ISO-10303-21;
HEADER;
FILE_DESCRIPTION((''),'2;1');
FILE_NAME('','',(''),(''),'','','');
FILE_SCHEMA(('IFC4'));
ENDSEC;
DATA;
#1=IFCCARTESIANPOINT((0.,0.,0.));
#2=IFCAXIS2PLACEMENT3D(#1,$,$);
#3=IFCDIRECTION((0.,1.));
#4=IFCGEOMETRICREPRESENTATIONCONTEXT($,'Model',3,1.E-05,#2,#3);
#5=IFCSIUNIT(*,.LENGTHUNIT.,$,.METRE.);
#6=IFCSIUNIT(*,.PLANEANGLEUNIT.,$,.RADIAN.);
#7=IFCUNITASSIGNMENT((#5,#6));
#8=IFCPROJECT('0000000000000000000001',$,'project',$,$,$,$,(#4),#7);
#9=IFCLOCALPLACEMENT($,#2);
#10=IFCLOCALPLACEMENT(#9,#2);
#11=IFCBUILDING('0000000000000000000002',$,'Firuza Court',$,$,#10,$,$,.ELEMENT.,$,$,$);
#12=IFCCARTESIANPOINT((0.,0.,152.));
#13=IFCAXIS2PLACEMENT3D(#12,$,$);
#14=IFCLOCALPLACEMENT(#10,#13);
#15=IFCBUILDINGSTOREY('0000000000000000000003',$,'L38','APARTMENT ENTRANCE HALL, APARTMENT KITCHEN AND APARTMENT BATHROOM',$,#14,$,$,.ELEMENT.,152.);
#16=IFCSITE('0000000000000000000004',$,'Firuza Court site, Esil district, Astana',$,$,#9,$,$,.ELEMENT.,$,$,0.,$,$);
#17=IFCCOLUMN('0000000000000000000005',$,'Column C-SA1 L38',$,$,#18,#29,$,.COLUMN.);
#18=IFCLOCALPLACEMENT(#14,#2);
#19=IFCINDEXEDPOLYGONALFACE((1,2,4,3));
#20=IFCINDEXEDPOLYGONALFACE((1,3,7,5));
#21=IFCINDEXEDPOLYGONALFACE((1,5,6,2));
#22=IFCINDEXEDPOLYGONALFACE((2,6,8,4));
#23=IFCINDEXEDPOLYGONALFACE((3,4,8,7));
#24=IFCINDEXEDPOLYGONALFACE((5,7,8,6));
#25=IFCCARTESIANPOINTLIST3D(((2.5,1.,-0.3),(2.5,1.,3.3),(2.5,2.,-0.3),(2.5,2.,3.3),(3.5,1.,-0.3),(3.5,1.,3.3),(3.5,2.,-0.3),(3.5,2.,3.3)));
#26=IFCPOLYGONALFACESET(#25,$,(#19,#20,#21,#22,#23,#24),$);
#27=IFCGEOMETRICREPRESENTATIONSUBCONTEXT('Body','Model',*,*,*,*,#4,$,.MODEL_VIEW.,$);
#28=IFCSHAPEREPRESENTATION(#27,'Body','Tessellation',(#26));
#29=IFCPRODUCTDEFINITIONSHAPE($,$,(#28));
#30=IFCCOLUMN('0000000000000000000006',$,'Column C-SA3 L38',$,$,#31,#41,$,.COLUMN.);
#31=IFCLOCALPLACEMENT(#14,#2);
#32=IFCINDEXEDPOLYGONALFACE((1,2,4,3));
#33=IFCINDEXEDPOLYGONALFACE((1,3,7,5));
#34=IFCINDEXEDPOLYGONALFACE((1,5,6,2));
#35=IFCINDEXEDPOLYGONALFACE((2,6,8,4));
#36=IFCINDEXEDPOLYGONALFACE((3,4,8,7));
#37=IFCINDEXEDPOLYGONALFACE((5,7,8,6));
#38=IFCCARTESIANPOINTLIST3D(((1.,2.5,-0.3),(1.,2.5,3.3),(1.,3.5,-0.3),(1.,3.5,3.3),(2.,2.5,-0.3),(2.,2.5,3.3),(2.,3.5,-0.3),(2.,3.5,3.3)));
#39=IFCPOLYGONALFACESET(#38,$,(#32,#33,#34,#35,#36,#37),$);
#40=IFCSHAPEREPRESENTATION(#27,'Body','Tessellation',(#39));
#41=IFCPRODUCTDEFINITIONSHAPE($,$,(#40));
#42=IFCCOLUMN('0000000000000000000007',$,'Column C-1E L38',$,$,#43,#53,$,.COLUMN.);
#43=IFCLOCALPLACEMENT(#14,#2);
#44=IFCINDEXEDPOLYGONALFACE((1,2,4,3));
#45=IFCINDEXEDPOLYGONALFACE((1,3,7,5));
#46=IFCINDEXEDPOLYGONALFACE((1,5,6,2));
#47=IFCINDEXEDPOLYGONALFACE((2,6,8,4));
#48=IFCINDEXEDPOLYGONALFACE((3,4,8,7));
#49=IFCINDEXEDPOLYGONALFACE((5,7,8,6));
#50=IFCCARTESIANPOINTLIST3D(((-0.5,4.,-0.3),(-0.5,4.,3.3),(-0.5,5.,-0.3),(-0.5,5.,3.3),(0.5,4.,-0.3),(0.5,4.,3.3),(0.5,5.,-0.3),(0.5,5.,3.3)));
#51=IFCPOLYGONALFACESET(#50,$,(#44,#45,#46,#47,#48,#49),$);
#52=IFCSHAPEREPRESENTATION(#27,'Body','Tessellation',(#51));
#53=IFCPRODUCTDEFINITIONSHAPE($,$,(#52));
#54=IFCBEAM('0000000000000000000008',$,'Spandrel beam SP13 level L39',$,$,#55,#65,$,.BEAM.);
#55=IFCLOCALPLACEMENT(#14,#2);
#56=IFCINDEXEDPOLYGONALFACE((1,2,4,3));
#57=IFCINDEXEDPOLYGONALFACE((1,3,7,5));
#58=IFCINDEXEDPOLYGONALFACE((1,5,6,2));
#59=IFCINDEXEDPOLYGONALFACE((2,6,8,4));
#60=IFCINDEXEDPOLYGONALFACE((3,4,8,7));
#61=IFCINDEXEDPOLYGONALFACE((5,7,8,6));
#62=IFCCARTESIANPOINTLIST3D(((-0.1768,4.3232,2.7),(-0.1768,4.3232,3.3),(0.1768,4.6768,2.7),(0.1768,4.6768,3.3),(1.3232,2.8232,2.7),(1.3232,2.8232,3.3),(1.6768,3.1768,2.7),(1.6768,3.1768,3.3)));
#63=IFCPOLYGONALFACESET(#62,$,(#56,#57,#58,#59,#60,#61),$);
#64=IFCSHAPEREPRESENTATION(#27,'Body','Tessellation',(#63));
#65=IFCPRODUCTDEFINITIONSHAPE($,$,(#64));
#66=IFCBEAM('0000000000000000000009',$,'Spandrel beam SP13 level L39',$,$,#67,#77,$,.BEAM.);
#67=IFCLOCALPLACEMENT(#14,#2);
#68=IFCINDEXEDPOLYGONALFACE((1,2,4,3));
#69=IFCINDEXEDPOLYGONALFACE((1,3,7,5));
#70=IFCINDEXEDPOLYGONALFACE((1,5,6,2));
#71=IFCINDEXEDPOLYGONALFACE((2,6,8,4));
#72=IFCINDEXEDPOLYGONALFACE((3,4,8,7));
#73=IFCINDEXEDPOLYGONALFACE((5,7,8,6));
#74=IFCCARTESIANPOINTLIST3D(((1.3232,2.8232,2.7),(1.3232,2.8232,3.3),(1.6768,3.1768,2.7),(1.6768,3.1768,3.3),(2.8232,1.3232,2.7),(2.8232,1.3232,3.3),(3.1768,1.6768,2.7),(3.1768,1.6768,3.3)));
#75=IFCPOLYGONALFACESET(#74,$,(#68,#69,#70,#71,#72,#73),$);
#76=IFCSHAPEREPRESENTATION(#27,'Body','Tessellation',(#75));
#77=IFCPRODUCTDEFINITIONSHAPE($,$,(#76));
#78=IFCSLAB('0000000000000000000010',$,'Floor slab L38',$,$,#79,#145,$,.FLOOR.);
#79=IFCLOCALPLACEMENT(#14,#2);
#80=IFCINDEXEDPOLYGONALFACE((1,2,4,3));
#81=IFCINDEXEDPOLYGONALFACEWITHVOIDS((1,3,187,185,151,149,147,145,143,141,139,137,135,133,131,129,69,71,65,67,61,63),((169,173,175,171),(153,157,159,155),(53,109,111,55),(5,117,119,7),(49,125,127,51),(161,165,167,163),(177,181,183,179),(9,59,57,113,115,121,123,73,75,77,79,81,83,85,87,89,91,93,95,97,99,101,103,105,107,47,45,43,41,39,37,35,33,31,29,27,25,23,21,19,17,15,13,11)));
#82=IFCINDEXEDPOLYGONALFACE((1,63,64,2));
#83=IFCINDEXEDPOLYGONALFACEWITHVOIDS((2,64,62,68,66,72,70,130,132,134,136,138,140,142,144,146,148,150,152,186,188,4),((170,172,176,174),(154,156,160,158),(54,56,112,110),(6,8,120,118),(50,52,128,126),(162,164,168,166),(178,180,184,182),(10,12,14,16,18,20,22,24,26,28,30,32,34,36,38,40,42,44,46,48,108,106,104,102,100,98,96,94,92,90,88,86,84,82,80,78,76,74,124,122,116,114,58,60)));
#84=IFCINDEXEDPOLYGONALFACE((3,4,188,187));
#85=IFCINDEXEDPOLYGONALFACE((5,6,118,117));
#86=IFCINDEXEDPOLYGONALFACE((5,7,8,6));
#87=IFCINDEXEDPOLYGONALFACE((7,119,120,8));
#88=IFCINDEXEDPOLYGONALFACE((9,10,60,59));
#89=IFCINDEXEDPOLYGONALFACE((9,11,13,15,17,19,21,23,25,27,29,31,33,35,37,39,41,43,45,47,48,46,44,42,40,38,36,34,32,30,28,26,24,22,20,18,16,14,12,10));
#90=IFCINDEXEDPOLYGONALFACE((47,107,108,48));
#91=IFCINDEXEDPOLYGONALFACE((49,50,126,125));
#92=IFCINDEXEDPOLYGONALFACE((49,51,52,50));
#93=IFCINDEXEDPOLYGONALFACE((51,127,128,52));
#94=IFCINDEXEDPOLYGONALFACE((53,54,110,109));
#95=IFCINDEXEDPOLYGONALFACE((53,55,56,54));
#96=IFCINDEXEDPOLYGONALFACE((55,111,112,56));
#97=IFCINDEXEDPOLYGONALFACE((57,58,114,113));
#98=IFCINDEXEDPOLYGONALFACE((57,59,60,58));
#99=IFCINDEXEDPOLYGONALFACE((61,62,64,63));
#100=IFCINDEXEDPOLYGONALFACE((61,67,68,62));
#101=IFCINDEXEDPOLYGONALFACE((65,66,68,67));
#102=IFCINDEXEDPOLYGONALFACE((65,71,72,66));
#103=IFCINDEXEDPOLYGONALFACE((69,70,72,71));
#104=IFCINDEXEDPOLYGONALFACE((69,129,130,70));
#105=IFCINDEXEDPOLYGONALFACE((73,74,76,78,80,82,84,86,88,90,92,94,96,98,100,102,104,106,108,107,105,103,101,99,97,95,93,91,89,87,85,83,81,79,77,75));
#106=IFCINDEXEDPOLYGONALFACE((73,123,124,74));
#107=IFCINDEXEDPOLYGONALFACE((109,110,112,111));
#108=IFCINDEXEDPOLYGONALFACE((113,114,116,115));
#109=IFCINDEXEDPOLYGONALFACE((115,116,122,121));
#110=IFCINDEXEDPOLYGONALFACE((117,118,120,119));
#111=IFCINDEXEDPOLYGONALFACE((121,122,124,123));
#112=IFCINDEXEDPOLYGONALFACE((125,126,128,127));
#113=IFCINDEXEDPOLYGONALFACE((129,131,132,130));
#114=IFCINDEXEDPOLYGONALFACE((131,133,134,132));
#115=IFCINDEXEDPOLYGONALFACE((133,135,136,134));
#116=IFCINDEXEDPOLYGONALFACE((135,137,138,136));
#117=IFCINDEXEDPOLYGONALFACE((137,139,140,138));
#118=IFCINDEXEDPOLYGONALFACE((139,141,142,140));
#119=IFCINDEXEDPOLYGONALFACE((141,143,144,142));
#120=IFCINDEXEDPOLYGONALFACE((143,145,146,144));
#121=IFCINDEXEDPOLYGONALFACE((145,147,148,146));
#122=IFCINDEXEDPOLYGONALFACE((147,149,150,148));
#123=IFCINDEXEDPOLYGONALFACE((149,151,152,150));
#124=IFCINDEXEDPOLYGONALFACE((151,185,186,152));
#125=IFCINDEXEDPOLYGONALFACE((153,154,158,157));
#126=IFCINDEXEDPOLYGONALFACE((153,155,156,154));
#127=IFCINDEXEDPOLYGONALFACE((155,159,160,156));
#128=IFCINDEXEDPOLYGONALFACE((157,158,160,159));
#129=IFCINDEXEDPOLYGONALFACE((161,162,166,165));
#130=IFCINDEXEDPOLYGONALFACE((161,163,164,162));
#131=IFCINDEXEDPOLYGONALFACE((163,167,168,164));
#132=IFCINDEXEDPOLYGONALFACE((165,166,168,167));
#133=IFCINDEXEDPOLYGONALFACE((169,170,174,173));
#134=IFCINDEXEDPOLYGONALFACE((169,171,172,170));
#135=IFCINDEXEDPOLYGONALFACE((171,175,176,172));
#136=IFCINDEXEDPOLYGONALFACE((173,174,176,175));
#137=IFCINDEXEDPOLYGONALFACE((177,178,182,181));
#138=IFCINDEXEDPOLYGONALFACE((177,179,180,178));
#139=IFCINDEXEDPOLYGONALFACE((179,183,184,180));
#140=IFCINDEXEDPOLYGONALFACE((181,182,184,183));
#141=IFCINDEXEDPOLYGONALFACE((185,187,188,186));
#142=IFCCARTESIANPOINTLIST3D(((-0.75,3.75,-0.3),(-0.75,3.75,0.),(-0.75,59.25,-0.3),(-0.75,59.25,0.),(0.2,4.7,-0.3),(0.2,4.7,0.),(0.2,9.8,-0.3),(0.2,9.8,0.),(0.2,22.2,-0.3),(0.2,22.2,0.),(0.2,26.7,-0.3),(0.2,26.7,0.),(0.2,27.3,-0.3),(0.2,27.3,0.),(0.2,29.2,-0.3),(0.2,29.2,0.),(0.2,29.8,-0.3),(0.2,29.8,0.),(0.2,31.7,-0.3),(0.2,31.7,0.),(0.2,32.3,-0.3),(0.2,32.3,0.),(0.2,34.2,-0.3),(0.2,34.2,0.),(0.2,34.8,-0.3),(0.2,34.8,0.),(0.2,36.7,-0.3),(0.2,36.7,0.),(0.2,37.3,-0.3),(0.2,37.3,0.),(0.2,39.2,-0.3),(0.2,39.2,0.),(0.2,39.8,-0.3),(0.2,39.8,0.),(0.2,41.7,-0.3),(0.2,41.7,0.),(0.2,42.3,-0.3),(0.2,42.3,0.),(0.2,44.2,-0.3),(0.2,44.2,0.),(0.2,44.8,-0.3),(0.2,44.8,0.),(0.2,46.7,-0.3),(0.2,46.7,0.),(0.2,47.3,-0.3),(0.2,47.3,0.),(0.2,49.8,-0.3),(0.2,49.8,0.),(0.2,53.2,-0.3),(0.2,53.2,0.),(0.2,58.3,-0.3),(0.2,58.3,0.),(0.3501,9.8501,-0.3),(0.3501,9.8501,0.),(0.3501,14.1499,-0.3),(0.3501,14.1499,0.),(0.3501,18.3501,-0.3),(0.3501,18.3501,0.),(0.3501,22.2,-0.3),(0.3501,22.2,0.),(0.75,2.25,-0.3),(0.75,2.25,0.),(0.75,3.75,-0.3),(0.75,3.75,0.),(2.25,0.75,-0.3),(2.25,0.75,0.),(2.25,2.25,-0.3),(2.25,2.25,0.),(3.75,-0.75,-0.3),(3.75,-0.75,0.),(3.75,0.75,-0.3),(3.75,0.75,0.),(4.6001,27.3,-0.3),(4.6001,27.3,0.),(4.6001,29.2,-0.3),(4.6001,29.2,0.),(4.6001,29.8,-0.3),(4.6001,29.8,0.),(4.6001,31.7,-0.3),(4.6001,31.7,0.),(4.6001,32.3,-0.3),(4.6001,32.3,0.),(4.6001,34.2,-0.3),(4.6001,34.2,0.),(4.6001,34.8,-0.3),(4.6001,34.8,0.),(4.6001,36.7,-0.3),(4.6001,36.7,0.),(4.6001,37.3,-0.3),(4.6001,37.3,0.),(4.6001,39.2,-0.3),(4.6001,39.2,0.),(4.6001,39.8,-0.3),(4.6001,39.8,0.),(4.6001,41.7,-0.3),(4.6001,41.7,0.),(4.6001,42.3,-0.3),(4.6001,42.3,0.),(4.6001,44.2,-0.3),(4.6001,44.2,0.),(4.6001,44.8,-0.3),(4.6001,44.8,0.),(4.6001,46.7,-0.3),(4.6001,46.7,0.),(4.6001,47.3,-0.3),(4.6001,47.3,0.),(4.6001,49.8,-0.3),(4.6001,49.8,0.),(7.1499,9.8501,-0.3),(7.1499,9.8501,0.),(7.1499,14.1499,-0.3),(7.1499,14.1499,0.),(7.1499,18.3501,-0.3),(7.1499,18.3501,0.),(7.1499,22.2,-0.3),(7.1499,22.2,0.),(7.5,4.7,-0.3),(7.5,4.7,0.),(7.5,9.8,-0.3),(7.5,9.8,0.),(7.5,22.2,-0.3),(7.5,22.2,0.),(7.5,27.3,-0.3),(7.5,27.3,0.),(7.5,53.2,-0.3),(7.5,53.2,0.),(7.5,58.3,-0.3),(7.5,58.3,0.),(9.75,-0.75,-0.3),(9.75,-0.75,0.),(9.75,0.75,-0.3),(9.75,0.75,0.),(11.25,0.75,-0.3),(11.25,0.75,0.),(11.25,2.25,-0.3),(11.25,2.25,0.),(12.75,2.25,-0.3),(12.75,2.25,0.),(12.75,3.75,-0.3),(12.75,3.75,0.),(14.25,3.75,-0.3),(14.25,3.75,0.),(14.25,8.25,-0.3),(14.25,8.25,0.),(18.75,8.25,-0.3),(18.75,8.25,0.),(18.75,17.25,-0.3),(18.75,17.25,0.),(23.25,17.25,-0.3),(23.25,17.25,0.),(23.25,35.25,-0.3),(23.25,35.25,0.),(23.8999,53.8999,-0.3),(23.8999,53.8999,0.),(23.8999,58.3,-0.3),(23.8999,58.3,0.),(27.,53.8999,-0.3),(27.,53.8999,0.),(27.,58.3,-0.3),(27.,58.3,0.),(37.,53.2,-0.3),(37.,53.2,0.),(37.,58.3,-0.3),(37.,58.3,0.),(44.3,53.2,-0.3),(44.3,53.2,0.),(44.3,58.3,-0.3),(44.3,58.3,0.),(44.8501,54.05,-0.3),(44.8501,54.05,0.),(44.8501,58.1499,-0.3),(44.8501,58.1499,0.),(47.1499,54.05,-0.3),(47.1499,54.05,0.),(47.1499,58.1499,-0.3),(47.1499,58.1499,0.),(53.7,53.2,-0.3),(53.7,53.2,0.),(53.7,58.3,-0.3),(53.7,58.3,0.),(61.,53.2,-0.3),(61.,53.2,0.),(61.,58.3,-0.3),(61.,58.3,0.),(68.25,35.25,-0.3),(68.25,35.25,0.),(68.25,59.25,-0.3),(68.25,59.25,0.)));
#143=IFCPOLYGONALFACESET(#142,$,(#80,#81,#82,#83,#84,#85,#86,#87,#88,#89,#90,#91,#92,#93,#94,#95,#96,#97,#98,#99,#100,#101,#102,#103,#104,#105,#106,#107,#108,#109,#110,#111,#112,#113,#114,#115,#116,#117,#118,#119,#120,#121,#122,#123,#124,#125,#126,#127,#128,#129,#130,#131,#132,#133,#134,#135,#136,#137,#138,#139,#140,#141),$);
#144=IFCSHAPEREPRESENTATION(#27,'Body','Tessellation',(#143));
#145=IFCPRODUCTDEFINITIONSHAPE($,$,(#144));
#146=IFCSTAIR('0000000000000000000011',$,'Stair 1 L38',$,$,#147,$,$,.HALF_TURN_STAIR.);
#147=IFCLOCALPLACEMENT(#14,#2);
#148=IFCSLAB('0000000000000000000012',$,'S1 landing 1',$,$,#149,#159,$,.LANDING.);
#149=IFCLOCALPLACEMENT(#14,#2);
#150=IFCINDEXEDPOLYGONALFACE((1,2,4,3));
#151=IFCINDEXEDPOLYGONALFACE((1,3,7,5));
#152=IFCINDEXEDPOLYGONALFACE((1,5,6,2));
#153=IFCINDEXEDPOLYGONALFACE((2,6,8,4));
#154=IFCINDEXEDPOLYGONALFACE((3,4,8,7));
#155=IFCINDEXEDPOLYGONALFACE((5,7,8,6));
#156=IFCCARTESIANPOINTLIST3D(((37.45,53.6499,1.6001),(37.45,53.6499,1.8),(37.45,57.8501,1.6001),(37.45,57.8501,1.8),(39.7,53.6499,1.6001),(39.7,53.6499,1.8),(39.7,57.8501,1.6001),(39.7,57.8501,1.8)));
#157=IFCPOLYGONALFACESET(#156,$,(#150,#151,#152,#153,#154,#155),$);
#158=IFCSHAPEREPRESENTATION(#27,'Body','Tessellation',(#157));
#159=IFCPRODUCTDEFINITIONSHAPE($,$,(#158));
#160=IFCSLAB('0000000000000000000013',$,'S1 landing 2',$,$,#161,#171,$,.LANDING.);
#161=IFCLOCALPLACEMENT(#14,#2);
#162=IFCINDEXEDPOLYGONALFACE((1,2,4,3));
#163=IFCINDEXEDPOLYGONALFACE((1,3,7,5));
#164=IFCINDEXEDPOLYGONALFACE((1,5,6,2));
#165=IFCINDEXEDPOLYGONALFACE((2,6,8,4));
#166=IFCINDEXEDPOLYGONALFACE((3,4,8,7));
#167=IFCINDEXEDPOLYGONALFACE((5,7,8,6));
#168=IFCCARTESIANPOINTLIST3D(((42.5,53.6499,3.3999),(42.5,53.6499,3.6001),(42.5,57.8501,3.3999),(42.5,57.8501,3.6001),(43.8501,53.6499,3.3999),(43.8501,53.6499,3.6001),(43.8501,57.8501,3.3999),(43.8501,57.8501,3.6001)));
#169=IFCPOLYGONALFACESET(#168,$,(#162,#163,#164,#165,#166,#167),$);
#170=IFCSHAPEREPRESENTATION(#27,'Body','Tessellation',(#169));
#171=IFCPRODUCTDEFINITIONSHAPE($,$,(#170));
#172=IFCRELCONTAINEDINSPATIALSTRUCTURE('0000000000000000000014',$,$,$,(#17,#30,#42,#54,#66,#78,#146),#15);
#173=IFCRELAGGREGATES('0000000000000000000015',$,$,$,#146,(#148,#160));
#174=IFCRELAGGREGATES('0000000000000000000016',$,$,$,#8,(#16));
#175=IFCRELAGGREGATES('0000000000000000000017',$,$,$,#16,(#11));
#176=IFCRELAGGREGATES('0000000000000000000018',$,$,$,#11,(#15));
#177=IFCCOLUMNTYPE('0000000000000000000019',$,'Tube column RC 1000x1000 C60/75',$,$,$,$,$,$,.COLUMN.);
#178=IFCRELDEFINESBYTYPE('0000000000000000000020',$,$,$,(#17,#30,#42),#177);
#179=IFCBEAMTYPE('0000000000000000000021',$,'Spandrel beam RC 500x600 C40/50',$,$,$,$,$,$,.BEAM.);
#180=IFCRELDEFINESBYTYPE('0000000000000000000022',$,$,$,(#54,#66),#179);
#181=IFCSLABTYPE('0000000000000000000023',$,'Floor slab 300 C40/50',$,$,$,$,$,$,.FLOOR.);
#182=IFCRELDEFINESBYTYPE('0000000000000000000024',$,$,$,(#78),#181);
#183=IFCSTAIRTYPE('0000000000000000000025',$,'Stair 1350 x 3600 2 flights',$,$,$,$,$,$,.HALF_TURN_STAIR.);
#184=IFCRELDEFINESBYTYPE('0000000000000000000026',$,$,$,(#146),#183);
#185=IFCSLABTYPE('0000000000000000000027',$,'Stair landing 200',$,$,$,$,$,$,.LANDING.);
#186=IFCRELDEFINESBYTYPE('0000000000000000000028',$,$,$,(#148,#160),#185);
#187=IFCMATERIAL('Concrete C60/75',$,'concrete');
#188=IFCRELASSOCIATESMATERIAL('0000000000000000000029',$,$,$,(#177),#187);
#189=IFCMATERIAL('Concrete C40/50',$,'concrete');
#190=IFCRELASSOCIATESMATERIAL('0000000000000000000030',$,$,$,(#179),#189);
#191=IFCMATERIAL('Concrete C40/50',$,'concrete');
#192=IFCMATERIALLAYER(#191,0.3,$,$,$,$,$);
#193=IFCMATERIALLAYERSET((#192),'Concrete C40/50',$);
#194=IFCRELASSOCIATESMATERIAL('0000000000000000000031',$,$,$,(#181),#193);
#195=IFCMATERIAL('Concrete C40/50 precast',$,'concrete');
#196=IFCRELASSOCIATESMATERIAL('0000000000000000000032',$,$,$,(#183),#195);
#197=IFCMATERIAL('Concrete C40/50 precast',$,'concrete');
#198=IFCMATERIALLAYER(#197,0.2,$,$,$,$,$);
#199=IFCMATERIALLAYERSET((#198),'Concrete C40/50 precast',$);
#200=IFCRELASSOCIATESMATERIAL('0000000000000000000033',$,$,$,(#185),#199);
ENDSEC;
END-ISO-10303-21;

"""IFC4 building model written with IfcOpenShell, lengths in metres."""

from ifc_helpers import new_model, si_unit, direction, frame, origin, origin_2d, place, context, subcontext, project, spatial, polyline, rectangle, outline, extrude, material, layer, layer_set, material_profile, profile_set, type_object, element, aggregate, save


model = new_model("IFC4")

# Units and contexts
model_context = context("Model", 3, precision=1e-05, world=origin(), true_north=direction((0.0, 1.0)))
body_context = subcontext(model_context, "Body", "Model", "MODEL_VIEW")
ifc_project = project(units=[si_unit("LENGTHUNIT", "METRE"), si_unit("PLANEANGLEUNIT", "RADIAN")], contexts=[model_context])

# Site, building, storey
site_placement = place(None, origin())
site = spatial("IfcSite", under=ifc_project, at=site_placement, Name="Firuza Court site, Esil district, Astana", CompositionType="ELEMENT", RefElevation=0.0)
building_placement = place(site_placement, origin())
building = spatial("IfcBuilding", under=site, at=building_placement, Name="Firuza Court", CompositionType="ELEMENT")
storey_placement = place(building_placement, frame((0.0, 0.0, 152.0)))
storey = spatial("IfcBuildingStorey", under=building, at=storey_placement, Name="L38", Description="APARTMENT ENTRANCE HALL, APARTMENT KITCHEN AND APARTMENT BATHROOM", CompositionType="ELEMENT", Elevation=152.0)

# Columns
ifc_material_1 = material(Name="Concrete C60/75", Category="concrete")
ifc_material_profile_1 = material_profile(ifc_material_1, rectangle(XDim=1.0, YDim=1.0, at=origin_2d()), Name="RC 1000x1000")
ifc_profile_set_1 = profile_set([ifc_material_profile_1], Name="Concrete C60/75")
column_type = type_object("IfcColumnType", Name="Tube column RC 1000x1000 C60/75", PredefinedType="COLUMN", material=ifc_profile_set_1)
for number, where, z_axis, x_axis, name in (
    (1, (3.0, 1.5, -0.3), (0.0, 0.0, 1.0), (1.0, 0.0, 0.0), "Column C-SA1 L38"),
    (2, (1.5, 3.0, -0.3), (0.0, 0.0, 1.0), (1.0, 0.0, 0.0), "Column C-SA3 L38"),
    (3, (0.0, 4.5, -0.3), (0.0, 0.0, 1.0), (1.0, 0.0, 0.0), "Column C-1E L38"),
):
    element("IfcColumn", number, at=place(storey_placement, frame(where, z_axis=z_axis, x_axis=x_axis)), inside=storey, type_object=column_type, Name=name, PredefinedType="COLUMN", context=body_context, shape_type="SweptSolid", body=[
        extrude(rectangle(XDim=1.0, YDim=1.0, at=origin_2d()), origin(), (0.0, 0.0, 1.0), 3.6001),
    ])

# Beams
ifc_material_2 = material(Name="Concrete C40/50", Category="concrete")
ifc_material_profile_2 = material_profile(ifc_material_2, rectangle(XDim=0.5, YDim=0.6001, at=origin_2d()), Name="RC 500x600")
ifc_profile_set_2 = profile_set([ifc_material_profile_2], Name="Concrete C40/50")
beam_type = type_object("IfcBeamType", Name="Spandrel beam RC 500x600 C40/50", PredefinedType="BEAM", material=ifc_profile_set_2)
for number, where, z_axis, x_axis, name in (
    (4, (0.0, 4.5, 3.0), (0.707107, -0.707107, 0.0), (0.707107, 0.707107, 0.0), "Spandrel beam SP13 level L39"),
    (5, (1.5, 3.0, 3.0), (0.707107, -0.707107, 0.0), (0.707107, 0.707107, 0.0), "Spandrel beam SP13 level L39"),
):
    element("IfcBeam", number, at=place(storey_placement, frame(where, z_axis=z_axis, x_axis=x_axis)), inside=storey, type_object=beam_type, Name=name, PredefinedType="BEAM", context=body_context, shape_type="SweptSolid", body=[
        extrude(rectangle(XDim=0.5, YDim=0.6001, at=origin_2d()), origin(), (0.0, 0.0, 1.0), 2.1213),
    ])

# Slab
ifc_material_3 = material(Name="Concrete C40/50", Category="concrete")
ifc_layer_1 = layer(ifc_material_3, 0.3)
ifc_layer_set_1 = layer_set([ifc_layer_1], Name="Concrete C40/50")
slab_type_1 = type_object("IfcSlabType", Name="Floor slab 300 C40/50", PredefinedType="FLOOR", material=ifc_layer_set_1)
slab_1_placement = place(storey_placement, frame((0.0, 0.0, -0.3)))
element("IfcSlab", 6, at=slab_1_placement, inside=storey, type_object=slab_type_1, Name="Floor slab L38", PredefinedType="FLOOR", context=body_context, shape_type="SweptSolid", body=[
    extrude(outline(polyline([(3.75, -0.75), (3.75, 0.75), (2.25, 0.75), (2.25, 2.25), (0.75, 2.25), (0.75, 3.75), (-0.75, 3.75), (-0.75, 59.25), (68.25, 59.25), (68.25, 35.25), (23.25, 35.25), (23.25, 17.25), (18.75, 17.25), (18.75, 8.25), (14.25, 8.25), (14.25, 3.75), (12.75, 3.75), (12.75, 2.25), (11.25, 2.25), (11.25, 0.75), (9.75, 0.75), (9.75, -0.75), (3.75, -0.75)]), holes=[polyline([(0.2, 29.8), (0.2, 29.2), (0.2, 27.3), (0.2, 26.7), (0.2, 22.2), (0.3501, 22.2), (0.3501, 18.3501), (7.1499, 18.3501), (7.1499, 22.2), (7.5, 22.2), (7.5, 27.3), (4.6001, 27.3), (4.6001, 29.2), (4.6001, 29.8), (4.6001, 31.7), (4.6001, 32.3), (4.6001, 34.2), (4.6001, 34.8), (4.6001, 36.7), (4.6001, 37.3), (4.6001, 39.2), (4.6001, 39.8), (4.6001, 41.7), (4.6001, 42.3), (4.6001, 44.2), (4.6001, 44.8), (4.6001, 46.7), (4.6001, 47.3), (4.6001, 49.8), (0.2, 49.8), (0.2, 47.3), (0.2, 46.7), (0.2, 44.8), (0.2, 44.2), (0.2, 42.3), (0.2, 41.7), (0.2, 39.8), (0.2, 39.2), (0.2, 37.3), (0.2, 36.7), (0.2, 34.8), (0.2, 34.2), (0.2, 32.3), (0.2, 31.7), (0.2, 29.8)]), polyline([(7.5, 9.8), (0.2, 9.8), (0.2, 4.7), (7.5, 4.7), (7.5, 9.8)]), polyline([(7.1499, 14.1499), (0.3501, 14.1499), (0.3501, 9.8501), (7.1499, 9.8501), (7.1499, 14.1499)]), polyline([(7.5, 58.3), (0.2, 58.3), (0.2, 53.2), (7.5, 53.2), (7.5, 58.3)]), polyline([(44.3, 58.3), (37.0, 58.3), (37.0, 53.2), (44.3, 53.2), (44.3, 58.3)]), polyline([(61.0, 58.3), (53.7, 58.3), (53.7, 53.2), (61.0, 53.2), (61.0, 58.3)]), polyline([(27.0, 53.8999), (27.0, 58.3), (23.8999, 58.3), (23.8999, 53.8999), (27.0, 53.8999)]), polyline([(47.1499, 54.05), (47.1499, 58.1499), (44.8501, 58.1499), (44.8501, 54.05), (47.1499, 54.05)])]), origin(), (0.0, 0.0, 1.0), 0.3),
])

# Stair, slabs
ifc_material_4 = material(Name="Concrete C40/50 precast", Category="concrete")
stair_type = type_object("IfcStairType", Name="Stair 1350 x 3600 2 flights", PredefinedType="HALF_TURN_STAIR", material=ifc_material_4)
stair_1_placement = place(storey_placement, origin())
stair_1 = element("IfcStair", 7, at=stair_1_placement, inside=storey, type_object=stair_type, Name="Stair 1 L38", PredefinedType="HALF_TURN_STAIR")
ifc_material_5 = material(Name="Concrete C40/50 precast", Category="concrete")
ifc_layer_2 = layer(ifc_material_5, 0.2)
ifc_layer_set_2 = layer_set([ifc_layer_2], Name="Concrete C40/50 precast")
slab_type_2 = type_object("IfcSlabType", Name="Stair landing 200", PredefinedType="LANDING", material=ifc_layer_set_2)
slab_2_placement = place(storey_placement, frame((0.0, 0.0, 1.6001)))
slab_2 = element("IfcSlab", 8, at=slab_2_placement, type_object=slab_type_2, Name="S1 landing 1", PredefinedType="LANDING", context=body_context, shape_type="SweptSolid", body=[
    extrude(outline(polyline([(39.7, 53.6499), (39.7, 57.8501), (37.45, 57.8501), (37.45, 53.6499), (39.7, 53.6499)])), origin(), (0.0, 0.0, 1.0), 0.2),
])
slab_3_placement = place(storey_placement, frame((0.0, 0.0, 3.3999)))
slab_3 = element("IfcSlab", 9, at=slab_3_placement, type_object=slab_type_2, Name="S1 landing 2", PredefinedType="LANDING", context=body_context, shape_type="SweptSolid", body=[
    extrude(outline(polyline([(43.8501, 53.6499), (43.8501, 57.8501), (42.5, 57.8501), (42.5, 53.6499), (43.8501, 53.6499)])), origin(), (0.0, 0.0, 1.0), 0.2002),
])
aggregate(stair_1, [slab_2, slab_3])

save(model, "model.ifc")
